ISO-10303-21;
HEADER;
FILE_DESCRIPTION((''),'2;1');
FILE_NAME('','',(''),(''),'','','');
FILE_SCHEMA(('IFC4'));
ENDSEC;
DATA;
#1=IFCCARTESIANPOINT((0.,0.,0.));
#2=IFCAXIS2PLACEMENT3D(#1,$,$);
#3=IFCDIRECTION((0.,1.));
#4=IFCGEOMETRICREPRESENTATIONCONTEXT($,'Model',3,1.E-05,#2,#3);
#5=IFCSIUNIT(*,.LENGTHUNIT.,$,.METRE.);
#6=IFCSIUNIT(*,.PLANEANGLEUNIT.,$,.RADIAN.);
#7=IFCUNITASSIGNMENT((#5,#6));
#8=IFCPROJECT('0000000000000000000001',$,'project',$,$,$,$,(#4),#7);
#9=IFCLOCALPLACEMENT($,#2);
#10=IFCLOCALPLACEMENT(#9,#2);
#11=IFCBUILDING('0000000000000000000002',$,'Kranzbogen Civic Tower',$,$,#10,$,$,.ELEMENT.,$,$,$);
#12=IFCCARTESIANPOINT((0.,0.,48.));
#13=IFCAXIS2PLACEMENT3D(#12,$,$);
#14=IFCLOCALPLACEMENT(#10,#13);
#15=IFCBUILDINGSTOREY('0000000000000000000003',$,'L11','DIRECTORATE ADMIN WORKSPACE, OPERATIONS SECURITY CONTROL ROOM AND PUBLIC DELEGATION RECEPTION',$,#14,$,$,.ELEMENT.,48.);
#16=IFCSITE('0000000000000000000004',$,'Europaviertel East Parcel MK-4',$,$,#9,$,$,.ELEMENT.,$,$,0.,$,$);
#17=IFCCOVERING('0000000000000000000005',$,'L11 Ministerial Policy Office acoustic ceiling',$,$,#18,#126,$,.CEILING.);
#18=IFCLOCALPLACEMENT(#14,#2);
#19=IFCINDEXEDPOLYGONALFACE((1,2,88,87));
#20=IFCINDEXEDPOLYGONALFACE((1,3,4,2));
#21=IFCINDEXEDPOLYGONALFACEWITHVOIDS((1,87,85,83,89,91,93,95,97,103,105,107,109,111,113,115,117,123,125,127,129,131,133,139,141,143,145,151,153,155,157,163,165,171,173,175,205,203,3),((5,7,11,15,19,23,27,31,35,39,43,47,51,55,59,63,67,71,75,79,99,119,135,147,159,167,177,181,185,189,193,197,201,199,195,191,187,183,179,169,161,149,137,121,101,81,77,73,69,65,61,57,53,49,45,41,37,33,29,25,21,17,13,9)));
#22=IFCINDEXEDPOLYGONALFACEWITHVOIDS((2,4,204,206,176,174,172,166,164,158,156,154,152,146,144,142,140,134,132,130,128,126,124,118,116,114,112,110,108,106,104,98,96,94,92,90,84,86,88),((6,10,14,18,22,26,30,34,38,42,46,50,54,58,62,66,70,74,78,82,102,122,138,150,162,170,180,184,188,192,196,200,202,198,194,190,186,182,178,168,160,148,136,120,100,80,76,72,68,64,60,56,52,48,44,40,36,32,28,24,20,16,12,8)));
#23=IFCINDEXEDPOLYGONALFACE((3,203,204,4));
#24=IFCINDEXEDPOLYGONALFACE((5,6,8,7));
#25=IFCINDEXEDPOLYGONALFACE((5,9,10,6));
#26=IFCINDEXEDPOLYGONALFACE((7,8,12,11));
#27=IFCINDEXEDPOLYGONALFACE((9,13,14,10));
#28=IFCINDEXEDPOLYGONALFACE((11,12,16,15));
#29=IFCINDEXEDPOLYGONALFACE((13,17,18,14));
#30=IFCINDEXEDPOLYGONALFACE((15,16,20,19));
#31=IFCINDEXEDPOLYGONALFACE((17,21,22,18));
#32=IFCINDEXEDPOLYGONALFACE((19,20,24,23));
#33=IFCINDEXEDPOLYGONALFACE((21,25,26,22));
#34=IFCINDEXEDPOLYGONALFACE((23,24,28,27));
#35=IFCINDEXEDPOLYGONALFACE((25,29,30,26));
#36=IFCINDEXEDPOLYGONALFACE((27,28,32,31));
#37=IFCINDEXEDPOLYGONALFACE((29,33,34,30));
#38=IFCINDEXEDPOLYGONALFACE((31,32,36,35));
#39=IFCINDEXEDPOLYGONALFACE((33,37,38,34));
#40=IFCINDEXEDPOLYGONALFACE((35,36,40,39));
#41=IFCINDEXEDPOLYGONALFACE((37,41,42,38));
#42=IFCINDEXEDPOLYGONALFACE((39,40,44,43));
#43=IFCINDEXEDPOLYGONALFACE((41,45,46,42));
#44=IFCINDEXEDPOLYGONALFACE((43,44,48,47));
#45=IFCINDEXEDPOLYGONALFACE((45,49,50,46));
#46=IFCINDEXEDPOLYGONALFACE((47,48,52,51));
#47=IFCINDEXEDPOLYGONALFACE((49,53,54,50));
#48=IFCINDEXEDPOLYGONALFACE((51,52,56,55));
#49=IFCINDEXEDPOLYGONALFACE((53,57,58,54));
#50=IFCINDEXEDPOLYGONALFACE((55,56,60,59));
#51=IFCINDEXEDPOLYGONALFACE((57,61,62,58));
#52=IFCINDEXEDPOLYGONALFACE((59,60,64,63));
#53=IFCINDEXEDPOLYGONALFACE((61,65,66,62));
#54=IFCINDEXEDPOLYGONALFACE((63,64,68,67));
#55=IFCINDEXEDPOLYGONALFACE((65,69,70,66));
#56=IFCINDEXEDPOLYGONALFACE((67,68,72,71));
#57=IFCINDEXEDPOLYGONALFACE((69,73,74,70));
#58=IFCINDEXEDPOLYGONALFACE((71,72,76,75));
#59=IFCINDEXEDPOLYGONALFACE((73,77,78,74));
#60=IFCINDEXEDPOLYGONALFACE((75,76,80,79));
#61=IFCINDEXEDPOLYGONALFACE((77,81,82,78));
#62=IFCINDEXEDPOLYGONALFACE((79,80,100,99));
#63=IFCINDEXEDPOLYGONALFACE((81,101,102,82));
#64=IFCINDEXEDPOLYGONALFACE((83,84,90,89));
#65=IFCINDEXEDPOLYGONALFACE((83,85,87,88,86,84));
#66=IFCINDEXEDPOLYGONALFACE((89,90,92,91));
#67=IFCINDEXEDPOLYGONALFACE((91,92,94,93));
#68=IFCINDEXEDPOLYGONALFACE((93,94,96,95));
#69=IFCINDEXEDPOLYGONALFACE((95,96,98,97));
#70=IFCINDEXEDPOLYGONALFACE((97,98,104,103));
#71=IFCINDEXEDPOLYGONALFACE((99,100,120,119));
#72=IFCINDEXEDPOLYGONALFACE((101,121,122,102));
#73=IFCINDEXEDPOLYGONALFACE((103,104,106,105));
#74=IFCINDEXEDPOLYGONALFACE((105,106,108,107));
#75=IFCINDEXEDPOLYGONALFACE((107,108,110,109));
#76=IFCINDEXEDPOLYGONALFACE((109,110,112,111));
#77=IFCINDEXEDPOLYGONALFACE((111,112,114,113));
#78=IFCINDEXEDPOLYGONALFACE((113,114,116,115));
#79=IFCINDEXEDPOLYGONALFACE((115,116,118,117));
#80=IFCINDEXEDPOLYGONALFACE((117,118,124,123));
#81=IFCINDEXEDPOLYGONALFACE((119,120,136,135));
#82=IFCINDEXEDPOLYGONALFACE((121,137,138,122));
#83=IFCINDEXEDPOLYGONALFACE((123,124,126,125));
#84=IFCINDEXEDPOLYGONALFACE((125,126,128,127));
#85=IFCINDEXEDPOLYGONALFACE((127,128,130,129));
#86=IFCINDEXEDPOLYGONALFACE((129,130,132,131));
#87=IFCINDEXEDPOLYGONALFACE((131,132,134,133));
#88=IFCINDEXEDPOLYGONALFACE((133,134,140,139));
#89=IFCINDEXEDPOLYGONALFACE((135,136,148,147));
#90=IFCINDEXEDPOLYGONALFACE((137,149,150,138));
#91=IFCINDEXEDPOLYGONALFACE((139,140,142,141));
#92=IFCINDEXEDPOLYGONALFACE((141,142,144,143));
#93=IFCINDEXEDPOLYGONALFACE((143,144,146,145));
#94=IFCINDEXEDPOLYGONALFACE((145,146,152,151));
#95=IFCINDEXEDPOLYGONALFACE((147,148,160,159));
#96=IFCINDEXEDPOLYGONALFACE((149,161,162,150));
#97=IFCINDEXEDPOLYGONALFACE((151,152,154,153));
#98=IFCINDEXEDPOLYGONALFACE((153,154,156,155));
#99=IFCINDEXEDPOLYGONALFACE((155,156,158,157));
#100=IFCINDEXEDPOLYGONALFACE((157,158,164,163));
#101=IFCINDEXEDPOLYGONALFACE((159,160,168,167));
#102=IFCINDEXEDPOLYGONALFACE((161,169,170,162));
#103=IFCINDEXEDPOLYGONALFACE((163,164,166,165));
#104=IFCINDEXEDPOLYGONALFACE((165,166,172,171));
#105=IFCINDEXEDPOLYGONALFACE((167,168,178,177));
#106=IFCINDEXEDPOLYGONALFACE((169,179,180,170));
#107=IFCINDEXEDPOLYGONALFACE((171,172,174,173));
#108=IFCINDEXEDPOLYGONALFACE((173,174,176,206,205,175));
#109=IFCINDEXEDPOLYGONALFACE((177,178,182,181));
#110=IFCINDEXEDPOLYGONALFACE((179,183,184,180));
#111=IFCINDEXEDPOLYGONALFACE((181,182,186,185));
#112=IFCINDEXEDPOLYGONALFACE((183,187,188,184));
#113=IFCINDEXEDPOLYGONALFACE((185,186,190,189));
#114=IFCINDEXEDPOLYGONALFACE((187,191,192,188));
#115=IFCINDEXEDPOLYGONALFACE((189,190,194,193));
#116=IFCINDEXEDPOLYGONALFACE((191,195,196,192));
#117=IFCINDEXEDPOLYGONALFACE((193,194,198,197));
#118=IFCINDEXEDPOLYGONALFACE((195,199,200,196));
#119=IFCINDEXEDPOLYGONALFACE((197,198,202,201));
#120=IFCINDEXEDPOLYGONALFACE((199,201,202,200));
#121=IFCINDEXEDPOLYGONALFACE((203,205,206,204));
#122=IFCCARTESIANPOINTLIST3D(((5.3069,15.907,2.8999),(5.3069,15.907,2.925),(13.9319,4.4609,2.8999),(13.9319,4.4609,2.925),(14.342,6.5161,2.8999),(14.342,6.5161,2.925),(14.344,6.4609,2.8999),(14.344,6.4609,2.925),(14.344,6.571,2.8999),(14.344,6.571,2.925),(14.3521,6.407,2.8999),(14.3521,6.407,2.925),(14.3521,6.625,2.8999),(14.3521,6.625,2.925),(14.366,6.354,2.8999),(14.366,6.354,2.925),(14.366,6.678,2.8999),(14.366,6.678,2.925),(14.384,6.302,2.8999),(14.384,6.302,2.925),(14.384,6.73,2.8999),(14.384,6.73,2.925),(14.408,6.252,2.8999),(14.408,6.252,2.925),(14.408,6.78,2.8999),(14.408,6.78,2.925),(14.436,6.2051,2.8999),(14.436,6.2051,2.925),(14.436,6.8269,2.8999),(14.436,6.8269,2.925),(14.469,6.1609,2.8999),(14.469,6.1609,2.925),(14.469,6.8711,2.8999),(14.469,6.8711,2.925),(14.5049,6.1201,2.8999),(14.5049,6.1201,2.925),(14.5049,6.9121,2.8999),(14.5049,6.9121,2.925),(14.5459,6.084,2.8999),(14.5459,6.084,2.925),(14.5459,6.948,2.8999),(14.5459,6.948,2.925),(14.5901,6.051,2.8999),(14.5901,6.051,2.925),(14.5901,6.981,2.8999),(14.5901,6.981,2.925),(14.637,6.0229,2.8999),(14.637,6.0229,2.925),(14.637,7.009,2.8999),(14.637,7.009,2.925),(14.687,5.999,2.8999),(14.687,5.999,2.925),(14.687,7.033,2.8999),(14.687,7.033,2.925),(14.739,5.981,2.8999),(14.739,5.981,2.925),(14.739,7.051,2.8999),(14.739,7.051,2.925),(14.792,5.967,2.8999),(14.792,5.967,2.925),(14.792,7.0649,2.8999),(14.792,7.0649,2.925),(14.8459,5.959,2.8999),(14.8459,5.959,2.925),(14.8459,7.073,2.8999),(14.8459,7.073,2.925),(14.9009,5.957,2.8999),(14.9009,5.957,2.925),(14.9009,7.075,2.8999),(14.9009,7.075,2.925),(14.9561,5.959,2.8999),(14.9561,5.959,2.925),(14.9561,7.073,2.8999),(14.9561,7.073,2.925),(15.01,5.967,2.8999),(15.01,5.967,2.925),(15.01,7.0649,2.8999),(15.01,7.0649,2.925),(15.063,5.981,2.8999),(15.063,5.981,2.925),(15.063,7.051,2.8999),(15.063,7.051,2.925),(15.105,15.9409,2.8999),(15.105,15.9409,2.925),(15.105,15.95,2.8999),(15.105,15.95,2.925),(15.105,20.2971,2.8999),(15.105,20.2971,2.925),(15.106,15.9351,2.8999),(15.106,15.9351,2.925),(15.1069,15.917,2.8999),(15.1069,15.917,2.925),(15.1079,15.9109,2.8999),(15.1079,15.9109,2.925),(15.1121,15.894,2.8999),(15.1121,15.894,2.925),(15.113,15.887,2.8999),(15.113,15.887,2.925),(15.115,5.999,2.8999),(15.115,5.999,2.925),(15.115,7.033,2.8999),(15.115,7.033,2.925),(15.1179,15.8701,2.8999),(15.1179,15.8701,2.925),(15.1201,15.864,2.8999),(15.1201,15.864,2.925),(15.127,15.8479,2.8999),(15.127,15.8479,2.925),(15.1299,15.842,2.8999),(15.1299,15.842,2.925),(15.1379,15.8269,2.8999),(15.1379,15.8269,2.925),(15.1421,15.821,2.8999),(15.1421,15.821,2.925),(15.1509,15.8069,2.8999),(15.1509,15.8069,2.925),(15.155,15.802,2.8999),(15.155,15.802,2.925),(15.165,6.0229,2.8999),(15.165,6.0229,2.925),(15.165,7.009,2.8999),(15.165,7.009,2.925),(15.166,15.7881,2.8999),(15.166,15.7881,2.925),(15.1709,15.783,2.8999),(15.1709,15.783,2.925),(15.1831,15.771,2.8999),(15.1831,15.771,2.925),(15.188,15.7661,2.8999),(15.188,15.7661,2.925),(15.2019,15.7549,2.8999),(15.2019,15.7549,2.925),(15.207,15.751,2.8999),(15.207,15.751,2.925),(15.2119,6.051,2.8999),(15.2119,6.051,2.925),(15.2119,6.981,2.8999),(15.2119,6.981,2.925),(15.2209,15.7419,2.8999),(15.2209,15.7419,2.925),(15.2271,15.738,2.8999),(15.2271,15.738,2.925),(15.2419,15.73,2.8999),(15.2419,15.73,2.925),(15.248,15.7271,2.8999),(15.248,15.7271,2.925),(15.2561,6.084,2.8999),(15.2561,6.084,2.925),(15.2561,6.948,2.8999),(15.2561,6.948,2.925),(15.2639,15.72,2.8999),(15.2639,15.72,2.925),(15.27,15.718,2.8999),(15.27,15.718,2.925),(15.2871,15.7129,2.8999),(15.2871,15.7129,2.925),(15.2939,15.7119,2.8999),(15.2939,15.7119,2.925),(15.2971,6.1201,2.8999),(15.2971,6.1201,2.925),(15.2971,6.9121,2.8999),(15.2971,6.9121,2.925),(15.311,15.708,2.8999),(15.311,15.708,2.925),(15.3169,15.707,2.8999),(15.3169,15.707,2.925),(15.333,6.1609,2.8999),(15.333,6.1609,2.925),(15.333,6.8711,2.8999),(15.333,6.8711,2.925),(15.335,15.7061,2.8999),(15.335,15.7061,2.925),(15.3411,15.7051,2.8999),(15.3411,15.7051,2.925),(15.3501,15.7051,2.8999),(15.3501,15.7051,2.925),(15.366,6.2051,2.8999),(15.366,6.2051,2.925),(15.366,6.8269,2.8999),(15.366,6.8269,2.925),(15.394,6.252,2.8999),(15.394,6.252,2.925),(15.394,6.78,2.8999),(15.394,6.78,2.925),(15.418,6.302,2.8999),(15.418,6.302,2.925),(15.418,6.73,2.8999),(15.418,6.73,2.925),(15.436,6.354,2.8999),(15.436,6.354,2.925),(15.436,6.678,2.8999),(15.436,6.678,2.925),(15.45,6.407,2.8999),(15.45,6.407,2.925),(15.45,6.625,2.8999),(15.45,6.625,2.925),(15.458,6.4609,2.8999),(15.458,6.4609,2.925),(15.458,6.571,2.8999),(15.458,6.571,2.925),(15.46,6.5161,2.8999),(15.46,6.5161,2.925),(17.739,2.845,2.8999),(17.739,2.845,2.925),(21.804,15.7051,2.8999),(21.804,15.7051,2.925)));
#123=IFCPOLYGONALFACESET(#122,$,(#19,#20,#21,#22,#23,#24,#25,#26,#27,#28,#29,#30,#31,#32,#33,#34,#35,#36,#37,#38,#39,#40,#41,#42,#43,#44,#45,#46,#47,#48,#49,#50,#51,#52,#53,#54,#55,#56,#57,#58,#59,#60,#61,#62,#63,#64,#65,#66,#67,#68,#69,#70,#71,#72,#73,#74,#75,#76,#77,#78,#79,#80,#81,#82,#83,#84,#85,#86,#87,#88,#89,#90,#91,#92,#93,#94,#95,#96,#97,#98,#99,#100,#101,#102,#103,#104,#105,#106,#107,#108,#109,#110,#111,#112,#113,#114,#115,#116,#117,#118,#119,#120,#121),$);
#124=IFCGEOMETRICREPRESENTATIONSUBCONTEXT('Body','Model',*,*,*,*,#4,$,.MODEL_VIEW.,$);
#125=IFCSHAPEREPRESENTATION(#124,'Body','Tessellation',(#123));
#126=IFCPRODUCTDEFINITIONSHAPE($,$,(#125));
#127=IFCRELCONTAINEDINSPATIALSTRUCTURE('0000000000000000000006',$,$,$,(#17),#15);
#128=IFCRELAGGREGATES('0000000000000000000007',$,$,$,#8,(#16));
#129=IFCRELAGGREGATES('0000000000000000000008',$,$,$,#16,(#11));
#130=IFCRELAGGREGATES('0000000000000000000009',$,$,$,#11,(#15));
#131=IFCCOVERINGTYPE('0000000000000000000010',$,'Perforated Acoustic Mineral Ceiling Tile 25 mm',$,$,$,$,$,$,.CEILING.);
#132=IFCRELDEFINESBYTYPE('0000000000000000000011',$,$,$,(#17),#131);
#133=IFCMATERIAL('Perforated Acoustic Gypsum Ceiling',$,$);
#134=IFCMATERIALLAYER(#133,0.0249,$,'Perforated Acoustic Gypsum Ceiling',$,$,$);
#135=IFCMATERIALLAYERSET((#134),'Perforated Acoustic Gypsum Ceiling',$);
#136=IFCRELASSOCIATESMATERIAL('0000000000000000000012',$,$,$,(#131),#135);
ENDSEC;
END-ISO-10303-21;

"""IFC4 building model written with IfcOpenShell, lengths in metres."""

from ifc_helpers import new_model, si_unit, direction, frame, origin, place, context, subcontext, project, spatial, polyline, outline, extrude, material, layer, layer_set, type_object, element, save


model = new_model("IFC4")

# Units and contexts
model_context = context("Model", 3, precision=1e-05, world=origin(), true_north=direction((0.0, 1.0)))
body_context = subcontext(model_context, "Body", "Model", "MODEL_VIEW")
ifc_project = project(units=[si_unit("LENGTHUNIT", "METRE"), si_unit("PLANEANGLEUNIT", "RADIAN")], contexts=[model_context])

# Site, building, storey
site_placement = place(None, origin())
site = spatial("IfcSite", under=ifc_project, at=site_placement, Name="Europaviertel East Parcel MK-4", CompositionType="ELEMENT", RefElevation=0.0)
building_placement = place(site_placement, origin())
building = spatial("IfcBuilding", under=site, at=building_placement, Name="Kranzbogen Civic Tower", CompositionType="ELEMENT")
storey_placement = place(building_placement, frame((0.0, 0.0, 48.0)))
storey = spatial("IfcBuildingStorey", under=building, at=storey_placement, Name="L11", Description="DIRECTORATE ADMIN WORKSPACE, OPERATIONS SECURITY CONTROL ROOM AND PUBLIC DELEGATION RECEPTION", CompositionType="ELEMENT", Elevation=48.0)

# Covering
ifc_material_1 = material(Name="Perforated Acoustic Gypsum Ceiling")
ifc_layer_1 = layer(ifc_material_1, 0.0249, Name="Perforated Acoustic Gypsum Ceiling")
ifc_layer_set_1 = layer_set([ifc_layer_1], Name="Perforated Acoustic Gypsum Ceiling")
covering_type = type_object("IfcCoveringType", Name="Perforated Acoustic Mineral Ceiling Tile 25 mm", PredefinedType="CEILING", material=ifc_layer_set_1)
covering_1_placement = place(storey_placement, frame((0.0, 0.0, 2.8999)))
element("IfcCovering", 1, at=covering_1_placement, inside=storey, type_object=covering_type, Name="L11 Ministerial Policy Office acoustic ceiling", PredefinedType="CEILING", context=body_context, shape_type="SweptSolid", body=[
    extrude(outline(polyline([(5.3069, 15.907), (15.105, 20.2971), (15.105, 15.95), (15.105, 15.9409), (15.106, 15.9351), (15.1069, 15.917), (15.1079, 15.9109), (15.1121, 15.894), (15.113, 15.887), (15.1179, 15.8701), (15.1201, 15.864), (15.127, 15.8479), (15.1299, 15.842), (15.1379, 15.8269), (15.1421, 15.821), (15.1509, 15.8069), (15.155, 15.802), (15.166, 15.7881), (15.1709, 15.783), (15.1831, 15.771), (15.188, 15.7661), (15.2019, 15.7549), (15.207, 15.751), (15.2209, 15.7419), (15.2271, 15.738), (15.2419, 15.73), (15.248, 15.7271), (15.2639, 15.72), (15.27, 15.718), (15.2871, 15.7129), (15.2939, 15.7119), (15.311, 15.708), (15.3169, 15.707), (15.335, 15.7061), (15.3411, 15.7051), (15.3501, 15.7051), (21.804, 15.7051), (17.739, 2.845), (13.9319, 4.4609), (5.3069, 15.907)]), holes=[polyline([(15.418, 6.302), (15.394, 6.252), (15.366, 6.2051), (15.333, 6.1609), (15.2971, 6.1201), (15.2561, 6.084), (15.2119, 6.051), (15.165, 6.0229), (15.115, 5.999), (15.063, 5.981), (15.01, 5.967), (14.9561, 5.959), (14.9009, 5.957), (14.8459, 5.959), (14.792, 5.967), (14.739, 5.981), (14.687, 5.999), (14.637, 6.0229), (14.5901, 6.051), (14.5459, 6.084), (14.5049, 6.1201), (14.469, 6.1609), (14.436, 6.2051), (14.408, 6.252), (14.384, 6.302), (14.366, 6.354), (14.3521, 6.407), (14.344, 6.4609), (14.342, 6.5161), (14.344, 6.571), (14.3521, 6.625), (14.366, 6.678), (14.384, 6.73), (14.408, 6.78), (14.436, 6.8269), (14.469, 6.8711), (14.5049, 6.9121), (14.5459, 6.948), (14.5901, 6.981), (14.637, 7.009), (14.687, 7.033), (14.739, 7.051), (14.792, 7.0649), (14.8459, 7.073), (14.9009, 7.075), (14.9561, 7.073), (15.01, 7.0649), (15.063, 7.051), (15.115, 7.033), (15.165, 7.009), (15.2119, 6.981), (15.2561, 6.948), (15.2971, 6.9121), (15.333, 6.8711), (15.366, 6.8269), (15.394, 6.78), (15.418, 6.73), (15.436, 6.678), (15.45, 6.625), (15.458, 6.571), (15.46, 6.5161), (15.458, 6.4609), (15.45, 6.407), (15.436, 6.354), (15.418, 6.302)])]), origin(), (0.0, 0.0, 1.0), 0.0251),
])

save(model, "model.ifc")
